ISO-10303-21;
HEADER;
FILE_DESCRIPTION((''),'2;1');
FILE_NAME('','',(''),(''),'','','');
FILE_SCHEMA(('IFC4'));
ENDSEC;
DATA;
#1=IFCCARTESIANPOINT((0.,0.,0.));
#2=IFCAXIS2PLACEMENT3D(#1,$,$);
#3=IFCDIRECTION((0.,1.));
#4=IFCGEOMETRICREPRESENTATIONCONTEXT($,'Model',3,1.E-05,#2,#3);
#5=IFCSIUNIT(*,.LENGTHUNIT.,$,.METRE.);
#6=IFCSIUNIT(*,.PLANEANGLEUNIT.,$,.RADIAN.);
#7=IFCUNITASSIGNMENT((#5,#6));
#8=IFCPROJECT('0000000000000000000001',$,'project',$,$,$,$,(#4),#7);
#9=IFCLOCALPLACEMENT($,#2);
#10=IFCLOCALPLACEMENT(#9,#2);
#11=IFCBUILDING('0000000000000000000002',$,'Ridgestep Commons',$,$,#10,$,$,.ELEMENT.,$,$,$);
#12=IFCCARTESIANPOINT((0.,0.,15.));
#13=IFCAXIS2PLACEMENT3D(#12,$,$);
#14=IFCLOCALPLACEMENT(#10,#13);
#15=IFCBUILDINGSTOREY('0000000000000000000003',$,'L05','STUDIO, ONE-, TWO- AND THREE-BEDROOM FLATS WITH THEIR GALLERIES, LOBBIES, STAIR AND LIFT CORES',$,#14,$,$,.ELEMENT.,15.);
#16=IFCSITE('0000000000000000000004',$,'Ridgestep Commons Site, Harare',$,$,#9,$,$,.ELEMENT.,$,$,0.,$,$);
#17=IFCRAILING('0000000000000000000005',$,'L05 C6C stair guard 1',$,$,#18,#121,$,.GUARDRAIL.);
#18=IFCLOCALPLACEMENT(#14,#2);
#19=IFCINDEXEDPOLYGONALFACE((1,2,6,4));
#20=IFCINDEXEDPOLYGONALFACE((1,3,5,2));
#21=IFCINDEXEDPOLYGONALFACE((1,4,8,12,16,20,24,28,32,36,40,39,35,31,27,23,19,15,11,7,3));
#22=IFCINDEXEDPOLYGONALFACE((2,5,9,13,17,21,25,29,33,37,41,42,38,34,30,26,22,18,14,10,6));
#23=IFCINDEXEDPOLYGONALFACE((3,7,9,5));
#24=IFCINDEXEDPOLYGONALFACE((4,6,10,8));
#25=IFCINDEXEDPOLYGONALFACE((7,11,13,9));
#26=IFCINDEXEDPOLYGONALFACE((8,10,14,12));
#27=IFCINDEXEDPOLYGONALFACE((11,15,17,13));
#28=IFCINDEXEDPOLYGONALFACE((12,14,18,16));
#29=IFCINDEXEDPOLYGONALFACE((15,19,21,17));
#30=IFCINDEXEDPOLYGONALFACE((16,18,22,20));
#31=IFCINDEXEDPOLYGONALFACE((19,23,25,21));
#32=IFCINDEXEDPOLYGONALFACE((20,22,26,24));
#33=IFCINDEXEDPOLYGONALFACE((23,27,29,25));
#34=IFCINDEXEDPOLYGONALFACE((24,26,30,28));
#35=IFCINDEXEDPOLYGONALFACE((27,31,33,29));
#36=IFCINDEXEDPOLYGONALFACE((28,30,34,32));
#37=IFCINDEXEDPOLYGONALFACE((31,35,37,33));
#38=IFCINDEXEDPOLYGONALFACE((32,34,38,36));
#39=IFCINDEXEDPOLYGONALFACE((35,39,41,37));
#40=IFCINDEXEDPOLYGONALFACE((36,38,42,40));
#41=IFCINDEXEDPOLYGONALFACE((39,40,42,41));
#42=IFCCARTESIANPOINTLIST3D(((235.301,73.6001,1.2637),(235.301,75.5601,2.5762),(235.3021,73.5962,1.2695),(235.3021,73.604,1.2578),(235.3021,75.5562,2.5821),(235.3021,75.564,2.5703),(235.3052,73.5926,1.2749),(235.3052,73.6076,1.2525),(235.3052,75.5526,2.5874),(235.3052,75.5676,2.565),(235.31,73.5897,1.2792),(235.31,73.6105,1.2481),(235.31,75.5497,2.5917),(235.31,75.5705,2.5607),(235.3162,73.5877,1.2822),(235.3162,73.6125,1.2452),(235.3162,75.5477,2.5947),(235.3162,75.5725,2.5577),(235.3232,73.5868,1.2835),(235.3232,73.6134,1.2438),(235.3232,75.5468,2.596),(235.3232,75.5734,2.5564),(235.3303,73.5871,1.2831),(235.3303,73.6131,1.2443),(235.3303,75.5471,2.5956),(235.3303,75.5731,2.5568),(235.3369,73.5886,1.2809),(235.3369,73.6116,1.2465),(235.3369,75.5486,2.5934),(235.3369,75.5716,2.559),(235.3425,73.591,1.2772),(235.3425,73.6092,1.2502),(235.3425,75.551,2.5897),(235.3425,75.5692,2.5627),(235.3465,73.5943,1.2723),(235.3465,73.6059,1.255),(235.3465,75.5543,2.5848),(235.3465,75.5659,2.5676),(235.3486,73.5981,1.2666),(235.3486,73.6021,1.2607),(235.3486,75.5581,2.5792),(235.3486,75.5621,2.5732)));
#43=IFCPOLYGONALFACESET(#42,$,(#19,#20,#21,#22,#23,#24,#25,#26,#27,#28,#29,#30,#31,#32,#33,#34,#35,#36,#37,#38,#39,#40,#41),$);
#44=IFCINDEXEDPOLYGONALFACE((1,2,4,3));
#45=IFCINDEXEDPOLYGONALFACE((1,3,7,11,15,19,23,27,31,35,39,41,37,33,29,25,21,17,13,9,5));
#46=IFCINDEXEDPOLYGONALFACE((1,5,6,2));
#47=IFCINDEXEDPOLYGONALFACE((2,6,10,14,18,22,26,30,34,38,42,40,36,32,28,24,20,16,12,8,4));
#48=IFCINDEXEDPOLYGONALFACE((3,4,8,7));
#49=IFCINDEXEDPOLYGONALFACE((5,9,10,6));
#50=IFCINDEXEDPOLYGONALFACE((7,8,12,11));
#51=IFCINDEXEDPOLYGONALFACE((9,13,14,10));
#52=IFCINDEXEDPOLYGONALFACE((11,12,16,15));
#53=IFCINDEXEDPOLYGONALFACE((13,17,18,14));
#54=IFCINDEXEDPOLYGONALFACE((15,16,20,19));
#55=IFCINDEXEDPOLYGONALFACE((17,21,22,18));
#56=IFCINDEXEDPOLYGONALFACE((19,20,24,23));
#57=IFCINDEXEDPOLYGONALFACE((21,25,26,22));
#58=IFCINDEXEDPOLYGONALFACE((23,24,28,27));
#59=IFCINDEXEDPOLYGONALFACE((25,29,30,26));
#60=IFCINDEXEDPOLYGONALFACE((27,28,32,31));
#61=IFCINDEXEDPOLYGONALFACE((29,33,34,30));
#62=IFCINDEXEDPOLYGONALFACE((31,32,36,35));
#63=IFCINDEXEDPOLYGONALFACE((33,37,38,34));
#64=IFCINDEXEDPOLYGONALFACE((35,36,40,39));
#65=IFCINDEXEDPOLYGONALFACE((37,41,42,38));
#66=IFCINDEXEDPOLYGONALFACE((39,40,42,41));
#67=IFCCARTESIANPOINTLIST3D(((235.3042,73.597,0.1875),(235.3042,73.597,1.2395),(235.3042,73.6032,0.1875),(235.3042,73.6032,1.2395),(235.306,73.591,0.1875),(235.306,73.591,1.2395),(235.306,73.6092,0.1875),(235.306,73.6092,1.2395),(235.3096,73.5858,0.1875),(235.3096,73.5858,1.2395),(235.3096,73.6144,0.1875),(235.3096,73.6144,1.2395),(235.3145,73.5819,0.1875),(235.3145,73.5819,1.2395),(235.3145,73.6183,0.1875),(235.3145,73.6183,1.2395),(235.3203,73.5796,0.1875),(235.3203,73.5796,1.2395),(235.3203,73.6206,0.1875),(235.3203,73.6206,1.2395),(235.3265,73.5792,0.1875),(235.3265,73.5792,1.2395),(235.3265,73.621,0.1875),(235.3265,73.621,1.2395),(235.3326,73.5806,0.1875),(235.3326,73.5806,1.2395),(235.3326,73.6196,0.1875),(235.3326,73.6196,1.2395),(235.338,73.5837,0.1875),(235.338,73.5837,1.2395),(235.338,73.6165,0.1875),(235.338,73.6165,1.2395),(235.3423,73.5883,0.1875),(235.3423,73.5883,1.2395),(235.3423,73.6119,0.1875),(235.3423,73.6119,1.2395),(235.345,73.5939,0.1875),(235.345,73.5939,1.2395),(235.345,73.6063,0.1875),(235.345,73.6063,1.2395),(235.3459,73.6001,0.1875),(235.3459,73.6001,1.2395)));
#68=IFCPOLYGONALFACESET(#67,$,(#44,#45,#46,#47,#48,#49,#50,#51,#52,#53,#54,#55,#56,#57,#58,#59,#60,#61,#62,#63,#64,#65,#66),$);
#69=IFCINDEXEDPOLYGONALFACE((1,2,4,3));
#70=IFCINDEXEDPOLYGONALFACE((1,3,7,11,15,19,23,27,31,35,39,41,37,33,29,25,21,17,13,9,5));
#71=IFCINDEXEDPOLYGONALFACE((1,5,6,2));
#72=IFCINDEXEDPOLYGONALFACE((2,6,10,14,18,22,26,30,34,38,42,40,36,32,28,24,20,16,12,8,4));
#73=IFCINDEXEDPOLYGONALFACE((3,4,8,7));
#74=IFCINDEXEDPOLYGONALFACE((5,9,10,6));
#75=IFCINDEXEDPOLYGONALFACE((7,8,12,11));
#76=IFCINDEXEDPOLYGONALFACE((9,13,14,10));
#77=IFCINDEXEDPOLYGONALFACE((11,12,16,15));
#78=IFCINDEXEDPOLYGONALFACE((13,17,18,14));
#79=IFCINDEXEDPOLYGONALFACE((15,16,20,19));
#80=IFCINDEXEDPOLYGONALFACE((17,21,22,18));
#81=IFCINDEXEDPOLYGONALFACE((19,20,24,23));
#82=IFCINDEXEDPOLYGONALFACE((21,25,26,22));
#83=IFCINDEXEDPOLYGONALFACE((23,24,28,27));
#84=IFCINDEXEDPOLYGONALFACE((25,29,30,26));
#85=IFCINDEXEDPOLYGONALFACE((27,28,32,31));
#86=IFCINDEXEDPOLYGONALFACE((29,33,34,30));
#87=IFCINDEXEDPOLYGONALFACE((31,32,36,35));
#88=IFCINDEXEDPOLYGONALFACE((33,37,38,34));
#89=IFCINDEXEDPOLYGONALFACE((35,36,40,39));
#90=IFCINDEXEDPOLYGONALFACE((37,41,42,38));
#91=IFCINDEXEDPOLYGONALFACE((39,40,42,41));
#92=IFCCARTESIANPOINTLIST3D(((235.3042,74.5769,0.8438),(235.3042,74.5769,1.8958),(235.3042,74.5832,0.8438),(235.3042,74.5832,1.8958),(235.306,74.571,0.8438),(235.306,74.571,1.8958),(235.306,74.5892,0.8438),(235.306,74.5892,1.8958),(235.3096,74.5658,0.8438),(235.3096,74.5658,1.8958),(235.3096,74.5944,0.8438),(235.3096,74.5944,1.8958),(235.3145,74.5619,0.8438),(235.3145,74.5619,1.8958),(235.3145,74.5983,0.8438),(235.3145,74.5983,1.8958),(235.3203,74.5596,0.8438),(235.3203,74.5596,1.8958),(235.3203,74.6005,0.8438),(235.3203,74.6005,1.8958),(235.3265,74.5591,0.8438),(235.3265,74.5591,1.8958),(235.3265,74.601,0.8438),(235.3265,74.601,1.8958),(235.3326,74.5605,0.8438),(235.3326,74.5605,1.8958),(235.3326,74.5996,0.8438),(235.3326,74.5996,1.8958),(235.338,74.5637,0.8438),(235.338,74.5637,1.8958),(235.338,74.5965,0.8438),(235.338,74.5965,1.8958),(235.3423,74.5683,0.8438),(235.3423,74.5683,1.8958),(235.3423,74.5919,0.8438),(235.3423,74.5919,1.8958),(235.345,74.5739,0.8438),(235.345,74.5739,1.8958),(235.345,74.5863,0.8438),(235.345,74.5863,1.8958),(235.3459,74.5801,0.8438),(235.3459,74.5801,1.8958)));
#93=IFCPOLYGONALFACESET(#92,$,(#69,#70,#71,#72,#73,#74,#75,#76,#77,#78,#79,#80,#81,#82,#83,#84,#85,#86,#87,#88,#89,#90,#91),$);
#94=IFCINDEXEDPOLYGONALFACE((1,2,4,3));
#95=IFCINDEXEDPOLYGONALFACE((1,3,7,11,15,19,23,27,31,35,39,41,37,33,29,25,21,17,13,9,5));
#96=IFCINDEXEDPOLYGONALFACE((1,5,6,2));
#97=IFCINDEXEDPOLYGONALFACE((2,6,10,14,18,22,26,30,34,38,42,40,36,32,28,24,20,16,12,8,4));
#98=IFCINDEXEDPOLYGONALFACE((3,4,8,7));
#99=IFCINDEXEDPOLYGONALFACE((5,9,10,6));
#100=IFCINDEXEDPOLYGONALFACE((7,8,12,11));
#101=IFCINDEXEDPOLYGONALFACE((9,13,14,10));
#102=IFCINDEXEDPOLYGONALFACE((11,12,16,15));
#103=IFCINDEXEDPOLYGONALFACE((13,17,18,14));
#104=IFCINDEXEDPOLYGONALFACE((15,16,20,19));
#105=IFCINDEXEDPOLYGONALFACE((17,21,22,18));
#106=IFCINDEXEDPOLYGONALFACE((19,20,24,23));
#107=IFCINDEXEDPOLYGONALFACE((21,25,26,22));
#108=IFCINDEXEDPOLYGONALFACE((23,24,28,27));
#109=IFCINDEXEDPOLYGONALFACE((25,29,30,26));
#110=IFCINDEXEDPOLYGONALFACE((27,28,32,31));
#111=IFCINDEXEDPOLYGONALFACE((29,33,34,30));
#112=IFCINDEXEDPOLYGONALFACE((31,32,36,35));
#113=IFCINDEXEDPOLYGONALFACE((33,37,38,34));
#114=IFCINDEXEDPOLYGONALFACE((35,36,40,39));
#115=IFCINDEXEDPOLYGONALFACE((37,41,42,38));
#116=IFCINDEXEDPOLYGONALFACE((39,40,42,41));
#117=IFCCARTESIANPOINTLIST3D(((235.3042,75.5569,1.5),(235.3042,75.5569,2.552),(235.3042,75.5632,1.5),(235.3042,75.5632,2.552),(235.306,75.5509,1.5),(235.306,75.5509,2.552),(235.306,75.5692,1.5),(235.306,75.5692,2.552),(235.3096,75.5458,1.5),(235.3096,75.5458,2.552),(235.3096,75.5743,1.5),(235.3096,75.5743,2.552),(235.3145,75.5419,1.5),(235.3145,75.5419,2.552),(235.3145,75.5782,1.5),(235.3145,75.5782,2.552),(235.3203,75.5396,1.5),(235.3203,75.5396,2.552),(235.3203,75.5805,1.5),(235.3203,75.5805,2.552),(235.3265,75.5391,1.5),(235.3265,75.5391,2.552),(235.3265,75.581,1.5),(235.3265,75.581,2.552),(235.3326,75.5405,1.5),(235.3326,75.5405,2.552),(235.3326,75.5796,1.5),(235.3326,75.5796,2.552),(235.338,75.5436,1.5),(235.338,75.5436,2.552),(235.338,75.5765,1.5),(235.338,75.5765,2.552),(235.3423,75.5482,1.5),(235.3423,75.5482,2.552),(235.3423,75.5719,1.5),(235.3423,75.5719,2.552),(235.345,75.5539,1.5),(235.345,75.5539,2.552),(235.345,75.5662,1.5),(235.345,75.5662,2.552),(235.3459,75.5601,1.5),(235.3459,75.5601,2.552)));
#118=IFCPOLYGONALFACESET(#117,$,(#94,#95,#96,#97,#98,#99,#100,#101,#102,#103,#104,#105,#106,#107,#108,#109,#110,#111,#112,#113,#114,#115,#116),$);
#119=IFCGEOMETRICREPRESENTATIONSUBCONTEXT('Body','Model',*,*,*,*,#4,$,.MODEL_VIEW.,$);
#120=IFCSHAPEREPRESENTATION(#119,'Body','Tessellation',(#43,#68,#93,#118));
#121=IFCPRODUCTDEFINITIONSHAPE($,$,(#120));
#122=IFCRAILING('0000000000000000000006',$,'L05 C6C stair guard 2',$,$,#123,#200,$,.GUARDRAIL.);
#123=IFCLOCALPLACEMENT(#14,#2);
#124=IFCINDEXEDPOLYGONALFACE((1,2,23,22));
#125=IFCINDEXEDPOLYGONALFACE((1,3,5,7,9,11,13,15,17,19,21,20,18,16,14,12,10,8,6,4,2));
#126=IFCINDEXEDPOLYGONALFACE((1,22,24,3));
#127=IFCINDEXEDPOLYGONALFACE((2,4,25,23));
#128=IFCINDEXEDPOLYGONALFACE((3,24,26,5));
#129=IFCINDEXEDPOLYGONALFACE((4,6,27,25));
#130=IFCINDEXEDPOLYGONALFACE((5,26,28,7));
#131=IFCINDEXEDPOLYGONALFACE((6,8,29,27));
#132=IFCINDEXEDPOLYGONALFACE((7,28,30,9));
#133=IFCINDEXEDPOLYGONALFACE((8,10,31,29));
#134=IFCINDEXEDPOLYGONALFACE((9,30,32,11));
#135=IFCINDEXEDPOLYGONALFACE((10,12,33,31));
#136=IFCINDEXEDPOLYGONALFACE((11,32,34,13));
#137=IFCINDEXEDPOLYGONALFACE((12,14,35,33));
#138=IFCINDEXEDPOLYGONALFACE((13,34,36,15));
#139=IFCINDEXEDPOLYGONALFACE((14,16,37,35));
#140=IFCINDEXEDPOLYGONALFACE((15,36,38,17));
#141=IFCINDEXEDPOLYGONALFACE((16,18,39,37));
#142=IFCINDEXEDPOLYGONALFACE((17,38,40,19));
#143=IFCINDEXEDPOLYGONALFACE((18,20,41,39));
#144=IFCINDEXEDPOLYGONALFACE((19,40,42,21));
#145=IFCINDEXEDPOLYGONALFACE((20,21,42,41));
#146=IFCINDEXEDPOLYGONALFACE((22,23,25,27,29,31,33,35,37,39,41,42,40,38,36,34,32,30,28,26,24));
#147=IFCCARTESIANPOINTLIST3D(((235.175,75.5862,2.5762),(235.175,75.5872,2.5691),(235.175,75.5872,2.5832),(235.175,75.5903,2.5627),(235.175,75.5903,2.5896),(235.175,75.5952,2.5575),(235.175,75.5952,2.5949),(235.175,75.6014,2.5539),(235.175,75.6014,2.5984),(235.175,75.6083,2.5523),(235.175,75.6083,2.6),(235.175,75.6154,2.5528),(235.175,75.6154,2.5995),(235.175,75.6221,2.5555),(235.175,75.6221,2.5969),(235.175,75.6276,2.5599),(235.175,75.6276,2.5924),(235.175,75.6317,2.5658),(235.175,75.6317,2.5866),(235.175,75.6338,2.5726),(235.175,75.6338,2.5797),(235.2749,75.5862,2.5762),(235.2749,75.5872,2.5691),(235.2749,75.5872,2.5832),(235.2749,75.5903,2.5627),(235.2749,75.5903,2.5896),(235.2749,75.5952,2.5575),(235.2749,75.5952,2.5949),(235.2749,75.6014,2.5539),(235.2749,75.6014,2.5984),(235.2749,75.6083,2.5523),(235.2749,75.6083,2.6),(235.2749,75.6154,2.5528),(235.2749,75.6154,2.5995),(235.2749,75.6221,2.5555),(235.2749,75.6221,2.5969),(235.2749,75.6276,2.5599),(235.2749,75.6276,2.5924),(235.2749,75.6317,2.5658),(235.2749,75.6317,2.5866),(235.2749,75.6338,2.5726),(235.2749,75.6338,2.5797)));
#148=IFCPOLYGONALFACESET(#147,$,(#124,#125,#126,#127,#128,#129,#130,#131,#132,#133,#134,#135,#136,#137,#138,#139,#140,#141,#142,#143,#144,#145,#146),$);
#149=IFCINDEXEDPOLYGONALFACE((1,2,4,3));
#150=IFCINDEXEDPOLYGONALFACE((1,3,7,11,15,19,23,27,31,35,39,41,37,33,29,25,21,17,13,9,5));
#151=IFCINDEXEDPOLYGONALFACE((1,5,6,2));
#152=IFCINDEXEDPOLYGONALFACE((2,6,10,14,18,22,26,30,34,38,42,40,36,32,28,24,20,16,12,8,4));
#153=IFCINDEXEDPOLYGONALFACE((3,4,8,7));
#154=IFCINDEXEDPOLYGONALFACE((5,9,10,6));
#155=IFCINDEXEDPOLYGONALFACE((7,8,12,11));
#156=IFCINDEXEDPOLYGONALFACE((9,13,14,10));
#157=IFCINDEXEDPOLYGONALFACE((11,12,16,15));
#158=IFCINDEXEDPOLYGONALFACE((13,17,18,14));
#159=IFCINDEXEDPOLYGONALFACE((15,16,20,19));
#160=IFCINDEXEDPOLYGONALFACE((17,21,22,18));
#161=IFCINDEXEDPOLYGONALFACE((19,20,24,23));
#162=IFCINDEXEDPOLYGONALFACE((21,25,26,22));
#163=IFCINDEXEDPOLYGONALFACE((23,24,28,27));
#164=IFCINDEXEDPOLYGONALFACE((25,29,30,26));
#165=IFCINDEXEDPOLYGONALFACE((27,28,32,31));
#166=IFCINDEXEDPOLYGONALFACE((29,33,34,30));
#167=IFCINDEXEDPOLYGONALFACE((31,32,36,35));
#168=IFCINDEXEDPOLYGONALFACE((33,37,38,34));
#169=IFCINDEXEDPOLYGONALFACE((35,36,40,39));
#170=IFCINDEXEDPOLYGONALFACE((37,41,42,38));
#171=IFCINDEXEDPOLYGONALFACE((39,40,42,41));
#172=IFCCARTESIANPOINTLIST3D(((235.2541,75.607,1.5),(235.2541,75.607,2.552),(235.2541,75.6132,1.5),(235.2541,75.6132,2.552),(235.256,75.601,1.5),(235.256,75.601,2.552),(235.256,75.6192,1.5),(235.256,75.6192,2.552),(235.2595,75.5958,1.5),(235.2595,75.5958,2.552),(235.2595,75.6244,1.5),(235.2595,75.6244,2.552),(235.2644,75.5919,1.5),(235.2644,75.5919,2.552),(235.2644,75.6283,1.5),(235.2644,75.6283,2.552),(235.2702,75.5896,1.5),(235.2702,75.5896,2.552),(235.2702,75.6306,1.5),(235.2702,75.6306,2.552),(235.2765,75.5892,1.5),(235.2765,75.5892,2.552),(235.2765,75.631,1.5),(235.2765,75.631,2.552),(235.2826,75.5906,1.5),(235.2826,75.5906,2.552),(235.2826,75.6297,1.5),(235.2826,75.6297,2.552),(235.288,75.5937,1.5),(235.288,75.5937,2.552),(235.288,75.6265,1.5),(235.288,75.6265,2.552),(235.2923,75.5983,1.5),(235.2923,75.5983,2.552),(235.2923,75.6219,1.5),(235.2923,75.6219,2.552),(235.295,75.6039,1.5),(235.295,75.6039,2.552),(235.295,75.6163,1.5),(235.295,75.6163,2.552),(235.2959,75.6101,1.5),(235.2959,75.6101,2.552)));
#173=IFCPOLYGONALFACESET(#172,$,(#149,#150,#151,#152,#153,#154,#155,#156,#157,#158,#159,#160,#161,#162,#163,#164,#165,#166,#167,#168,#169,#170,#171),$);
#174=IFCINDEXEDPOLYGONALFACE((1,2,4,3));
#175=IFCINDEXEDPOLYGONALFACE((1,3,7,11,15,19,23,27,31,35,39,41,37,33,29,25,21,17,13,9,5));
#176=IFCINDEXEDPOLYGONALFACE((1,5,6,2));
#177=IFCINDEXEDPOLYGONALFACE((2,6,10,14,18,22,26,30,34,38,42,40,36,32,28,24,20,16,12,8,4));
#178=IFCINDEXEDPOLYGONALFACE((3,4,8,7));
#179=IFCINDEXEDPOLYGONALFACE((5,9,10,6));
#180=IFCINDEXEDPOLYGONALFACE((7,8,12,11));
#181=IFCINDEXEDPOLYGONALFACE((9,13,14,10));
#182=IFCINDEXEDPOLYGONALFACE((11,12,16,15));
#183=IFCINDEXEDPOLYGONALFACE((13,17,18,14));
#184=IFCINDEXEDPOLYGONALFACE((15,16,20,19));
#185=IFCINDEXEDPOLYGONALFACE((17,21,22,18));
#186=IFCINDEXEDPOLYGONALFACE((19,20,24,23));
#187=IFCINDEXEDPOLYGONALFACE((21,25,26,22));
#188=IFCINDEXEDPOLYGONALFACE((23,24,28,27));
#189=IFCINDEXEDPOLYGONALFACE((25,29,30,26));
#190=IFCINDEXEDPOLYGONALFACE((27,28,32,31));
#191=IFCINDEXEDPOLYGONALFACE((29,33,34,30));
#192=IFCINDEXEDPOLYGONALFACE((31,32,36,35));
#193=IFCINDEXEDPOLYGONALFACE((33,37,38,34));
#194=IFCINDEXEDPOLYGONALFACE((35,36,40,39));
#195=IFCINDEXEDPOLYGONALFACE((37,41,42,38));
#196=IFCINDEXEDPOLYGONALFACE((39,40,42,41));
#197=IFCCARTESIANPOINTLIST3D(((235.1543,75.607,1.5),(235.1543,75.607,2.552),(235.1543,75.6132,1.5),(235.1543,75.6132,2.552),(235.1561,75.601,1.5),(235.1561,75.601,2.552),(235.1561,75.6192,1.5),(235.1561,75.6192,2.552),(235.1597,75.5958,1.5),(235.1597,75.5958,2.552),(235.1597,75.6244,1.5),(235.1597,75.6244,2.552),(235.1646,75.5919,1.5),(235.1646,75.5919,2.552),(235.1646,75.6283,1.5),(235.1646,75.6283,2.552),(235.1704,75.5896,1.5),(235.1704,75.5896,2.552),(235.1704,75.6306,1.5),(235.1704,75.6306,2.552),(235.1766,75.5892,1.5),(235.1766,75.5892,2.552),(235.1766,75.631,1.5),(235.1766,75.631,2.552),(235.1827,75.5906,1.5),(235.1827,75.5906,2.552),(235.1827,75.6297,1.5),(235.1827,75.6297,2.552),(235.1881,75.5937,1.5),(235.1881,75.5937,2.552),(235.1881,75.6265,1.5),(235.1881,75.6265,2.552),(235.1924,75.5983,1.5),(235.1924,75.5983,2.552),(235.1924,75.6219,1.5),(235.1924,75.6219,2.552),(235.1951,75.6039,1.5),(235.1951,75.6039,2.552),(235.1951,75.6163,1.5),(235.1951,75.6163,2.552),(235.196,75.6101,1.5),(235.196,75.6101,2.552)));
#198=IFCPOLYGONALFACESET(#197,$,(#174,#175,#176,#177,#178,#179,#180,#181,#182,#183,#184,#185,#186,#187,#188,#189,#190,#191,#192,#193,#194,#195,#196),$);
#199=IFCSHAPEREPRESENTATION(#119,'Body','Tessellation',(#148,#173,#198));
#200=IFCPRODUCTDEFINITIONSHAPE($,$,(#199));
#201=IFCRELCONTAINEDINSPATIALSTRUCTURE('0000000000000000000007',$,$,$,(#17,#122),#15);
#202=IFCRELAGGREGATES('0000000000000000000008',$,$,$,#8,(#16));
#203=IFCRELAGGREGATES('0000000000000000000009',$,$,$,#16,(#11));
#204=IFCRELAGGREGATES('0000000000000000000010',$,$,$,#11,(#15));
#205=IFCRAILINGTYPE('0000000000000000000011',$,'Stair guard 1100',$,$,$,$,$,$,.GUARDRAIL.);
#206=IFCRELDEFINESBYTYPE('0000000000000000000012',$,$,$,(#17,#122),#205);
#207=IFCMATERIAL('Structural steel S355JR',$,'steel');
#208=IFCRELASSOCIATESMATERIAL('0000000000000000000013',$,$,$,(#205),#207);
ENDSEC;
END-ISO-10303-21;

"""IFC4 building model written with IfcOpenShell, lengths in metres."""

from ifc_helpers import new_model, si_unit, direction, frame, origin, origin_2d, place, context, subcontext, project, spatial, circle, extrude, material, type_object, element, save


model = new_model("IFC4")

# Units and contexts
model_context = context("Model", 3, precision=1e-05, world=origin(), true_north=direction((0.0, 1.0)))
body_context = subcontext(model_context, "Body", "Model", "MODEL_VIEW")
ifc_project = project(units=[si_unit("LENGTHUNIT", "METRE"), si_unit("PLANEANGLEUNIT", "RADIAN")], contexts=[model_context])

# Site, building, storey
site_placement = place(None, origin())
site = spatial("IfcSite", under=ifc_project, at=site_placement, Name="Ridgestep Commons Site, Harare", CompositionType="ELEMENT", RefElevation=0.0)
building_placement = place(site_placement, origin())
building = spatial("IfcBuilding", under=site, at=building_placement, Name="Ridgestep Commons", CompositionType="ELEMENT")
storey_placement = place(building_placement, frame((0.0, 0.0, 15.0)))
storey = spatial("IfcBuildingStorey", under=building, at=storey_placement, Name="L05", Description="STUDIO, ONE-, TWO- AND THREE-BEDROOM FLATS WITH THEIR GALLERIES, LOBBIES, STAIR AND LIFT CORES", CompositionType="ELEMENT", Elevation=15.0)

# Railings
ifc_material_1 = material(Name="Structural steel S355JR", Category="steel")
railing_type_1 = type_object("IfcRailingType", Name="Stair guard 1100", PredefinedType="GUARDRAIL", material=ifc_material_1)
railing_1_placement = place(storey_placement, frame((235.325, 73.6001, 0.1875)))
element("IfcRailing", 1, at=railing_1_placement, inside=storey, type_object=railing_type_1, Name="L05 C6C stair guard 1", PredefinedType="GUARDRAIL", context=body_context, shape_type="SweptSolid", body=[
    extrude(circle(Radius=0.0239, at=origin_2d()), frame((0.0, 0.0, 1.0762), z_axis=(0.0, 0.830902, 0.556419), x_axis=(-1.0, 0.0, 0.0)), (0.0, 0.0, 1.0), 2.3589),
    extrude(circle(Radius=0.021, at=origin_2d()), origin(), (0.0, 0.0, 1.0), 1.052),
    extrude(circle(Radius=0.021, at=origin_2d()), frame((0.0, 0.98, 0.6562)), (0.0, 0.0, 1.0), 1.052),
    extrude(circle(Radius=0.021, at=origin_2d()), frame((0.0, 1.96, 1.3125)), (0.0, 0.0, 1.0), 1.052),
])
railing_2_placement = place(storey_placement, frame((235.2749, 75.6101, 1.5)))
element("IfcRailing", 2, at=railing_2_placement, inside=storey, type_object=railing_type_1, Name="L05 C6C stair guard 2", PredefinedType="GUARDRAIL", context=body_context, shape_type="SweptSolid", body=[
    extrude(circle(Radius=0.0239, at=origin_2d()), frame((0.0, 0.0, 1.0762), z_axis=(-1.0, 0.0, 0.0), x_axis=(0.0, -1.0, 0.0)), (0.0, 0.0, 1.0), 0.0999),
    extrude(circle(Radius=0.021, at=origin_2d()), origin(), (0.0, 0.0, 1.0), 1.052),
    extrude(circle(Radius=0.021, at=origin_2d()), frame((-0.0999, 0.0, 0.0)), (0.0, 0.0, 1.0), 1.052),
])

save(model, "model.ifc")
